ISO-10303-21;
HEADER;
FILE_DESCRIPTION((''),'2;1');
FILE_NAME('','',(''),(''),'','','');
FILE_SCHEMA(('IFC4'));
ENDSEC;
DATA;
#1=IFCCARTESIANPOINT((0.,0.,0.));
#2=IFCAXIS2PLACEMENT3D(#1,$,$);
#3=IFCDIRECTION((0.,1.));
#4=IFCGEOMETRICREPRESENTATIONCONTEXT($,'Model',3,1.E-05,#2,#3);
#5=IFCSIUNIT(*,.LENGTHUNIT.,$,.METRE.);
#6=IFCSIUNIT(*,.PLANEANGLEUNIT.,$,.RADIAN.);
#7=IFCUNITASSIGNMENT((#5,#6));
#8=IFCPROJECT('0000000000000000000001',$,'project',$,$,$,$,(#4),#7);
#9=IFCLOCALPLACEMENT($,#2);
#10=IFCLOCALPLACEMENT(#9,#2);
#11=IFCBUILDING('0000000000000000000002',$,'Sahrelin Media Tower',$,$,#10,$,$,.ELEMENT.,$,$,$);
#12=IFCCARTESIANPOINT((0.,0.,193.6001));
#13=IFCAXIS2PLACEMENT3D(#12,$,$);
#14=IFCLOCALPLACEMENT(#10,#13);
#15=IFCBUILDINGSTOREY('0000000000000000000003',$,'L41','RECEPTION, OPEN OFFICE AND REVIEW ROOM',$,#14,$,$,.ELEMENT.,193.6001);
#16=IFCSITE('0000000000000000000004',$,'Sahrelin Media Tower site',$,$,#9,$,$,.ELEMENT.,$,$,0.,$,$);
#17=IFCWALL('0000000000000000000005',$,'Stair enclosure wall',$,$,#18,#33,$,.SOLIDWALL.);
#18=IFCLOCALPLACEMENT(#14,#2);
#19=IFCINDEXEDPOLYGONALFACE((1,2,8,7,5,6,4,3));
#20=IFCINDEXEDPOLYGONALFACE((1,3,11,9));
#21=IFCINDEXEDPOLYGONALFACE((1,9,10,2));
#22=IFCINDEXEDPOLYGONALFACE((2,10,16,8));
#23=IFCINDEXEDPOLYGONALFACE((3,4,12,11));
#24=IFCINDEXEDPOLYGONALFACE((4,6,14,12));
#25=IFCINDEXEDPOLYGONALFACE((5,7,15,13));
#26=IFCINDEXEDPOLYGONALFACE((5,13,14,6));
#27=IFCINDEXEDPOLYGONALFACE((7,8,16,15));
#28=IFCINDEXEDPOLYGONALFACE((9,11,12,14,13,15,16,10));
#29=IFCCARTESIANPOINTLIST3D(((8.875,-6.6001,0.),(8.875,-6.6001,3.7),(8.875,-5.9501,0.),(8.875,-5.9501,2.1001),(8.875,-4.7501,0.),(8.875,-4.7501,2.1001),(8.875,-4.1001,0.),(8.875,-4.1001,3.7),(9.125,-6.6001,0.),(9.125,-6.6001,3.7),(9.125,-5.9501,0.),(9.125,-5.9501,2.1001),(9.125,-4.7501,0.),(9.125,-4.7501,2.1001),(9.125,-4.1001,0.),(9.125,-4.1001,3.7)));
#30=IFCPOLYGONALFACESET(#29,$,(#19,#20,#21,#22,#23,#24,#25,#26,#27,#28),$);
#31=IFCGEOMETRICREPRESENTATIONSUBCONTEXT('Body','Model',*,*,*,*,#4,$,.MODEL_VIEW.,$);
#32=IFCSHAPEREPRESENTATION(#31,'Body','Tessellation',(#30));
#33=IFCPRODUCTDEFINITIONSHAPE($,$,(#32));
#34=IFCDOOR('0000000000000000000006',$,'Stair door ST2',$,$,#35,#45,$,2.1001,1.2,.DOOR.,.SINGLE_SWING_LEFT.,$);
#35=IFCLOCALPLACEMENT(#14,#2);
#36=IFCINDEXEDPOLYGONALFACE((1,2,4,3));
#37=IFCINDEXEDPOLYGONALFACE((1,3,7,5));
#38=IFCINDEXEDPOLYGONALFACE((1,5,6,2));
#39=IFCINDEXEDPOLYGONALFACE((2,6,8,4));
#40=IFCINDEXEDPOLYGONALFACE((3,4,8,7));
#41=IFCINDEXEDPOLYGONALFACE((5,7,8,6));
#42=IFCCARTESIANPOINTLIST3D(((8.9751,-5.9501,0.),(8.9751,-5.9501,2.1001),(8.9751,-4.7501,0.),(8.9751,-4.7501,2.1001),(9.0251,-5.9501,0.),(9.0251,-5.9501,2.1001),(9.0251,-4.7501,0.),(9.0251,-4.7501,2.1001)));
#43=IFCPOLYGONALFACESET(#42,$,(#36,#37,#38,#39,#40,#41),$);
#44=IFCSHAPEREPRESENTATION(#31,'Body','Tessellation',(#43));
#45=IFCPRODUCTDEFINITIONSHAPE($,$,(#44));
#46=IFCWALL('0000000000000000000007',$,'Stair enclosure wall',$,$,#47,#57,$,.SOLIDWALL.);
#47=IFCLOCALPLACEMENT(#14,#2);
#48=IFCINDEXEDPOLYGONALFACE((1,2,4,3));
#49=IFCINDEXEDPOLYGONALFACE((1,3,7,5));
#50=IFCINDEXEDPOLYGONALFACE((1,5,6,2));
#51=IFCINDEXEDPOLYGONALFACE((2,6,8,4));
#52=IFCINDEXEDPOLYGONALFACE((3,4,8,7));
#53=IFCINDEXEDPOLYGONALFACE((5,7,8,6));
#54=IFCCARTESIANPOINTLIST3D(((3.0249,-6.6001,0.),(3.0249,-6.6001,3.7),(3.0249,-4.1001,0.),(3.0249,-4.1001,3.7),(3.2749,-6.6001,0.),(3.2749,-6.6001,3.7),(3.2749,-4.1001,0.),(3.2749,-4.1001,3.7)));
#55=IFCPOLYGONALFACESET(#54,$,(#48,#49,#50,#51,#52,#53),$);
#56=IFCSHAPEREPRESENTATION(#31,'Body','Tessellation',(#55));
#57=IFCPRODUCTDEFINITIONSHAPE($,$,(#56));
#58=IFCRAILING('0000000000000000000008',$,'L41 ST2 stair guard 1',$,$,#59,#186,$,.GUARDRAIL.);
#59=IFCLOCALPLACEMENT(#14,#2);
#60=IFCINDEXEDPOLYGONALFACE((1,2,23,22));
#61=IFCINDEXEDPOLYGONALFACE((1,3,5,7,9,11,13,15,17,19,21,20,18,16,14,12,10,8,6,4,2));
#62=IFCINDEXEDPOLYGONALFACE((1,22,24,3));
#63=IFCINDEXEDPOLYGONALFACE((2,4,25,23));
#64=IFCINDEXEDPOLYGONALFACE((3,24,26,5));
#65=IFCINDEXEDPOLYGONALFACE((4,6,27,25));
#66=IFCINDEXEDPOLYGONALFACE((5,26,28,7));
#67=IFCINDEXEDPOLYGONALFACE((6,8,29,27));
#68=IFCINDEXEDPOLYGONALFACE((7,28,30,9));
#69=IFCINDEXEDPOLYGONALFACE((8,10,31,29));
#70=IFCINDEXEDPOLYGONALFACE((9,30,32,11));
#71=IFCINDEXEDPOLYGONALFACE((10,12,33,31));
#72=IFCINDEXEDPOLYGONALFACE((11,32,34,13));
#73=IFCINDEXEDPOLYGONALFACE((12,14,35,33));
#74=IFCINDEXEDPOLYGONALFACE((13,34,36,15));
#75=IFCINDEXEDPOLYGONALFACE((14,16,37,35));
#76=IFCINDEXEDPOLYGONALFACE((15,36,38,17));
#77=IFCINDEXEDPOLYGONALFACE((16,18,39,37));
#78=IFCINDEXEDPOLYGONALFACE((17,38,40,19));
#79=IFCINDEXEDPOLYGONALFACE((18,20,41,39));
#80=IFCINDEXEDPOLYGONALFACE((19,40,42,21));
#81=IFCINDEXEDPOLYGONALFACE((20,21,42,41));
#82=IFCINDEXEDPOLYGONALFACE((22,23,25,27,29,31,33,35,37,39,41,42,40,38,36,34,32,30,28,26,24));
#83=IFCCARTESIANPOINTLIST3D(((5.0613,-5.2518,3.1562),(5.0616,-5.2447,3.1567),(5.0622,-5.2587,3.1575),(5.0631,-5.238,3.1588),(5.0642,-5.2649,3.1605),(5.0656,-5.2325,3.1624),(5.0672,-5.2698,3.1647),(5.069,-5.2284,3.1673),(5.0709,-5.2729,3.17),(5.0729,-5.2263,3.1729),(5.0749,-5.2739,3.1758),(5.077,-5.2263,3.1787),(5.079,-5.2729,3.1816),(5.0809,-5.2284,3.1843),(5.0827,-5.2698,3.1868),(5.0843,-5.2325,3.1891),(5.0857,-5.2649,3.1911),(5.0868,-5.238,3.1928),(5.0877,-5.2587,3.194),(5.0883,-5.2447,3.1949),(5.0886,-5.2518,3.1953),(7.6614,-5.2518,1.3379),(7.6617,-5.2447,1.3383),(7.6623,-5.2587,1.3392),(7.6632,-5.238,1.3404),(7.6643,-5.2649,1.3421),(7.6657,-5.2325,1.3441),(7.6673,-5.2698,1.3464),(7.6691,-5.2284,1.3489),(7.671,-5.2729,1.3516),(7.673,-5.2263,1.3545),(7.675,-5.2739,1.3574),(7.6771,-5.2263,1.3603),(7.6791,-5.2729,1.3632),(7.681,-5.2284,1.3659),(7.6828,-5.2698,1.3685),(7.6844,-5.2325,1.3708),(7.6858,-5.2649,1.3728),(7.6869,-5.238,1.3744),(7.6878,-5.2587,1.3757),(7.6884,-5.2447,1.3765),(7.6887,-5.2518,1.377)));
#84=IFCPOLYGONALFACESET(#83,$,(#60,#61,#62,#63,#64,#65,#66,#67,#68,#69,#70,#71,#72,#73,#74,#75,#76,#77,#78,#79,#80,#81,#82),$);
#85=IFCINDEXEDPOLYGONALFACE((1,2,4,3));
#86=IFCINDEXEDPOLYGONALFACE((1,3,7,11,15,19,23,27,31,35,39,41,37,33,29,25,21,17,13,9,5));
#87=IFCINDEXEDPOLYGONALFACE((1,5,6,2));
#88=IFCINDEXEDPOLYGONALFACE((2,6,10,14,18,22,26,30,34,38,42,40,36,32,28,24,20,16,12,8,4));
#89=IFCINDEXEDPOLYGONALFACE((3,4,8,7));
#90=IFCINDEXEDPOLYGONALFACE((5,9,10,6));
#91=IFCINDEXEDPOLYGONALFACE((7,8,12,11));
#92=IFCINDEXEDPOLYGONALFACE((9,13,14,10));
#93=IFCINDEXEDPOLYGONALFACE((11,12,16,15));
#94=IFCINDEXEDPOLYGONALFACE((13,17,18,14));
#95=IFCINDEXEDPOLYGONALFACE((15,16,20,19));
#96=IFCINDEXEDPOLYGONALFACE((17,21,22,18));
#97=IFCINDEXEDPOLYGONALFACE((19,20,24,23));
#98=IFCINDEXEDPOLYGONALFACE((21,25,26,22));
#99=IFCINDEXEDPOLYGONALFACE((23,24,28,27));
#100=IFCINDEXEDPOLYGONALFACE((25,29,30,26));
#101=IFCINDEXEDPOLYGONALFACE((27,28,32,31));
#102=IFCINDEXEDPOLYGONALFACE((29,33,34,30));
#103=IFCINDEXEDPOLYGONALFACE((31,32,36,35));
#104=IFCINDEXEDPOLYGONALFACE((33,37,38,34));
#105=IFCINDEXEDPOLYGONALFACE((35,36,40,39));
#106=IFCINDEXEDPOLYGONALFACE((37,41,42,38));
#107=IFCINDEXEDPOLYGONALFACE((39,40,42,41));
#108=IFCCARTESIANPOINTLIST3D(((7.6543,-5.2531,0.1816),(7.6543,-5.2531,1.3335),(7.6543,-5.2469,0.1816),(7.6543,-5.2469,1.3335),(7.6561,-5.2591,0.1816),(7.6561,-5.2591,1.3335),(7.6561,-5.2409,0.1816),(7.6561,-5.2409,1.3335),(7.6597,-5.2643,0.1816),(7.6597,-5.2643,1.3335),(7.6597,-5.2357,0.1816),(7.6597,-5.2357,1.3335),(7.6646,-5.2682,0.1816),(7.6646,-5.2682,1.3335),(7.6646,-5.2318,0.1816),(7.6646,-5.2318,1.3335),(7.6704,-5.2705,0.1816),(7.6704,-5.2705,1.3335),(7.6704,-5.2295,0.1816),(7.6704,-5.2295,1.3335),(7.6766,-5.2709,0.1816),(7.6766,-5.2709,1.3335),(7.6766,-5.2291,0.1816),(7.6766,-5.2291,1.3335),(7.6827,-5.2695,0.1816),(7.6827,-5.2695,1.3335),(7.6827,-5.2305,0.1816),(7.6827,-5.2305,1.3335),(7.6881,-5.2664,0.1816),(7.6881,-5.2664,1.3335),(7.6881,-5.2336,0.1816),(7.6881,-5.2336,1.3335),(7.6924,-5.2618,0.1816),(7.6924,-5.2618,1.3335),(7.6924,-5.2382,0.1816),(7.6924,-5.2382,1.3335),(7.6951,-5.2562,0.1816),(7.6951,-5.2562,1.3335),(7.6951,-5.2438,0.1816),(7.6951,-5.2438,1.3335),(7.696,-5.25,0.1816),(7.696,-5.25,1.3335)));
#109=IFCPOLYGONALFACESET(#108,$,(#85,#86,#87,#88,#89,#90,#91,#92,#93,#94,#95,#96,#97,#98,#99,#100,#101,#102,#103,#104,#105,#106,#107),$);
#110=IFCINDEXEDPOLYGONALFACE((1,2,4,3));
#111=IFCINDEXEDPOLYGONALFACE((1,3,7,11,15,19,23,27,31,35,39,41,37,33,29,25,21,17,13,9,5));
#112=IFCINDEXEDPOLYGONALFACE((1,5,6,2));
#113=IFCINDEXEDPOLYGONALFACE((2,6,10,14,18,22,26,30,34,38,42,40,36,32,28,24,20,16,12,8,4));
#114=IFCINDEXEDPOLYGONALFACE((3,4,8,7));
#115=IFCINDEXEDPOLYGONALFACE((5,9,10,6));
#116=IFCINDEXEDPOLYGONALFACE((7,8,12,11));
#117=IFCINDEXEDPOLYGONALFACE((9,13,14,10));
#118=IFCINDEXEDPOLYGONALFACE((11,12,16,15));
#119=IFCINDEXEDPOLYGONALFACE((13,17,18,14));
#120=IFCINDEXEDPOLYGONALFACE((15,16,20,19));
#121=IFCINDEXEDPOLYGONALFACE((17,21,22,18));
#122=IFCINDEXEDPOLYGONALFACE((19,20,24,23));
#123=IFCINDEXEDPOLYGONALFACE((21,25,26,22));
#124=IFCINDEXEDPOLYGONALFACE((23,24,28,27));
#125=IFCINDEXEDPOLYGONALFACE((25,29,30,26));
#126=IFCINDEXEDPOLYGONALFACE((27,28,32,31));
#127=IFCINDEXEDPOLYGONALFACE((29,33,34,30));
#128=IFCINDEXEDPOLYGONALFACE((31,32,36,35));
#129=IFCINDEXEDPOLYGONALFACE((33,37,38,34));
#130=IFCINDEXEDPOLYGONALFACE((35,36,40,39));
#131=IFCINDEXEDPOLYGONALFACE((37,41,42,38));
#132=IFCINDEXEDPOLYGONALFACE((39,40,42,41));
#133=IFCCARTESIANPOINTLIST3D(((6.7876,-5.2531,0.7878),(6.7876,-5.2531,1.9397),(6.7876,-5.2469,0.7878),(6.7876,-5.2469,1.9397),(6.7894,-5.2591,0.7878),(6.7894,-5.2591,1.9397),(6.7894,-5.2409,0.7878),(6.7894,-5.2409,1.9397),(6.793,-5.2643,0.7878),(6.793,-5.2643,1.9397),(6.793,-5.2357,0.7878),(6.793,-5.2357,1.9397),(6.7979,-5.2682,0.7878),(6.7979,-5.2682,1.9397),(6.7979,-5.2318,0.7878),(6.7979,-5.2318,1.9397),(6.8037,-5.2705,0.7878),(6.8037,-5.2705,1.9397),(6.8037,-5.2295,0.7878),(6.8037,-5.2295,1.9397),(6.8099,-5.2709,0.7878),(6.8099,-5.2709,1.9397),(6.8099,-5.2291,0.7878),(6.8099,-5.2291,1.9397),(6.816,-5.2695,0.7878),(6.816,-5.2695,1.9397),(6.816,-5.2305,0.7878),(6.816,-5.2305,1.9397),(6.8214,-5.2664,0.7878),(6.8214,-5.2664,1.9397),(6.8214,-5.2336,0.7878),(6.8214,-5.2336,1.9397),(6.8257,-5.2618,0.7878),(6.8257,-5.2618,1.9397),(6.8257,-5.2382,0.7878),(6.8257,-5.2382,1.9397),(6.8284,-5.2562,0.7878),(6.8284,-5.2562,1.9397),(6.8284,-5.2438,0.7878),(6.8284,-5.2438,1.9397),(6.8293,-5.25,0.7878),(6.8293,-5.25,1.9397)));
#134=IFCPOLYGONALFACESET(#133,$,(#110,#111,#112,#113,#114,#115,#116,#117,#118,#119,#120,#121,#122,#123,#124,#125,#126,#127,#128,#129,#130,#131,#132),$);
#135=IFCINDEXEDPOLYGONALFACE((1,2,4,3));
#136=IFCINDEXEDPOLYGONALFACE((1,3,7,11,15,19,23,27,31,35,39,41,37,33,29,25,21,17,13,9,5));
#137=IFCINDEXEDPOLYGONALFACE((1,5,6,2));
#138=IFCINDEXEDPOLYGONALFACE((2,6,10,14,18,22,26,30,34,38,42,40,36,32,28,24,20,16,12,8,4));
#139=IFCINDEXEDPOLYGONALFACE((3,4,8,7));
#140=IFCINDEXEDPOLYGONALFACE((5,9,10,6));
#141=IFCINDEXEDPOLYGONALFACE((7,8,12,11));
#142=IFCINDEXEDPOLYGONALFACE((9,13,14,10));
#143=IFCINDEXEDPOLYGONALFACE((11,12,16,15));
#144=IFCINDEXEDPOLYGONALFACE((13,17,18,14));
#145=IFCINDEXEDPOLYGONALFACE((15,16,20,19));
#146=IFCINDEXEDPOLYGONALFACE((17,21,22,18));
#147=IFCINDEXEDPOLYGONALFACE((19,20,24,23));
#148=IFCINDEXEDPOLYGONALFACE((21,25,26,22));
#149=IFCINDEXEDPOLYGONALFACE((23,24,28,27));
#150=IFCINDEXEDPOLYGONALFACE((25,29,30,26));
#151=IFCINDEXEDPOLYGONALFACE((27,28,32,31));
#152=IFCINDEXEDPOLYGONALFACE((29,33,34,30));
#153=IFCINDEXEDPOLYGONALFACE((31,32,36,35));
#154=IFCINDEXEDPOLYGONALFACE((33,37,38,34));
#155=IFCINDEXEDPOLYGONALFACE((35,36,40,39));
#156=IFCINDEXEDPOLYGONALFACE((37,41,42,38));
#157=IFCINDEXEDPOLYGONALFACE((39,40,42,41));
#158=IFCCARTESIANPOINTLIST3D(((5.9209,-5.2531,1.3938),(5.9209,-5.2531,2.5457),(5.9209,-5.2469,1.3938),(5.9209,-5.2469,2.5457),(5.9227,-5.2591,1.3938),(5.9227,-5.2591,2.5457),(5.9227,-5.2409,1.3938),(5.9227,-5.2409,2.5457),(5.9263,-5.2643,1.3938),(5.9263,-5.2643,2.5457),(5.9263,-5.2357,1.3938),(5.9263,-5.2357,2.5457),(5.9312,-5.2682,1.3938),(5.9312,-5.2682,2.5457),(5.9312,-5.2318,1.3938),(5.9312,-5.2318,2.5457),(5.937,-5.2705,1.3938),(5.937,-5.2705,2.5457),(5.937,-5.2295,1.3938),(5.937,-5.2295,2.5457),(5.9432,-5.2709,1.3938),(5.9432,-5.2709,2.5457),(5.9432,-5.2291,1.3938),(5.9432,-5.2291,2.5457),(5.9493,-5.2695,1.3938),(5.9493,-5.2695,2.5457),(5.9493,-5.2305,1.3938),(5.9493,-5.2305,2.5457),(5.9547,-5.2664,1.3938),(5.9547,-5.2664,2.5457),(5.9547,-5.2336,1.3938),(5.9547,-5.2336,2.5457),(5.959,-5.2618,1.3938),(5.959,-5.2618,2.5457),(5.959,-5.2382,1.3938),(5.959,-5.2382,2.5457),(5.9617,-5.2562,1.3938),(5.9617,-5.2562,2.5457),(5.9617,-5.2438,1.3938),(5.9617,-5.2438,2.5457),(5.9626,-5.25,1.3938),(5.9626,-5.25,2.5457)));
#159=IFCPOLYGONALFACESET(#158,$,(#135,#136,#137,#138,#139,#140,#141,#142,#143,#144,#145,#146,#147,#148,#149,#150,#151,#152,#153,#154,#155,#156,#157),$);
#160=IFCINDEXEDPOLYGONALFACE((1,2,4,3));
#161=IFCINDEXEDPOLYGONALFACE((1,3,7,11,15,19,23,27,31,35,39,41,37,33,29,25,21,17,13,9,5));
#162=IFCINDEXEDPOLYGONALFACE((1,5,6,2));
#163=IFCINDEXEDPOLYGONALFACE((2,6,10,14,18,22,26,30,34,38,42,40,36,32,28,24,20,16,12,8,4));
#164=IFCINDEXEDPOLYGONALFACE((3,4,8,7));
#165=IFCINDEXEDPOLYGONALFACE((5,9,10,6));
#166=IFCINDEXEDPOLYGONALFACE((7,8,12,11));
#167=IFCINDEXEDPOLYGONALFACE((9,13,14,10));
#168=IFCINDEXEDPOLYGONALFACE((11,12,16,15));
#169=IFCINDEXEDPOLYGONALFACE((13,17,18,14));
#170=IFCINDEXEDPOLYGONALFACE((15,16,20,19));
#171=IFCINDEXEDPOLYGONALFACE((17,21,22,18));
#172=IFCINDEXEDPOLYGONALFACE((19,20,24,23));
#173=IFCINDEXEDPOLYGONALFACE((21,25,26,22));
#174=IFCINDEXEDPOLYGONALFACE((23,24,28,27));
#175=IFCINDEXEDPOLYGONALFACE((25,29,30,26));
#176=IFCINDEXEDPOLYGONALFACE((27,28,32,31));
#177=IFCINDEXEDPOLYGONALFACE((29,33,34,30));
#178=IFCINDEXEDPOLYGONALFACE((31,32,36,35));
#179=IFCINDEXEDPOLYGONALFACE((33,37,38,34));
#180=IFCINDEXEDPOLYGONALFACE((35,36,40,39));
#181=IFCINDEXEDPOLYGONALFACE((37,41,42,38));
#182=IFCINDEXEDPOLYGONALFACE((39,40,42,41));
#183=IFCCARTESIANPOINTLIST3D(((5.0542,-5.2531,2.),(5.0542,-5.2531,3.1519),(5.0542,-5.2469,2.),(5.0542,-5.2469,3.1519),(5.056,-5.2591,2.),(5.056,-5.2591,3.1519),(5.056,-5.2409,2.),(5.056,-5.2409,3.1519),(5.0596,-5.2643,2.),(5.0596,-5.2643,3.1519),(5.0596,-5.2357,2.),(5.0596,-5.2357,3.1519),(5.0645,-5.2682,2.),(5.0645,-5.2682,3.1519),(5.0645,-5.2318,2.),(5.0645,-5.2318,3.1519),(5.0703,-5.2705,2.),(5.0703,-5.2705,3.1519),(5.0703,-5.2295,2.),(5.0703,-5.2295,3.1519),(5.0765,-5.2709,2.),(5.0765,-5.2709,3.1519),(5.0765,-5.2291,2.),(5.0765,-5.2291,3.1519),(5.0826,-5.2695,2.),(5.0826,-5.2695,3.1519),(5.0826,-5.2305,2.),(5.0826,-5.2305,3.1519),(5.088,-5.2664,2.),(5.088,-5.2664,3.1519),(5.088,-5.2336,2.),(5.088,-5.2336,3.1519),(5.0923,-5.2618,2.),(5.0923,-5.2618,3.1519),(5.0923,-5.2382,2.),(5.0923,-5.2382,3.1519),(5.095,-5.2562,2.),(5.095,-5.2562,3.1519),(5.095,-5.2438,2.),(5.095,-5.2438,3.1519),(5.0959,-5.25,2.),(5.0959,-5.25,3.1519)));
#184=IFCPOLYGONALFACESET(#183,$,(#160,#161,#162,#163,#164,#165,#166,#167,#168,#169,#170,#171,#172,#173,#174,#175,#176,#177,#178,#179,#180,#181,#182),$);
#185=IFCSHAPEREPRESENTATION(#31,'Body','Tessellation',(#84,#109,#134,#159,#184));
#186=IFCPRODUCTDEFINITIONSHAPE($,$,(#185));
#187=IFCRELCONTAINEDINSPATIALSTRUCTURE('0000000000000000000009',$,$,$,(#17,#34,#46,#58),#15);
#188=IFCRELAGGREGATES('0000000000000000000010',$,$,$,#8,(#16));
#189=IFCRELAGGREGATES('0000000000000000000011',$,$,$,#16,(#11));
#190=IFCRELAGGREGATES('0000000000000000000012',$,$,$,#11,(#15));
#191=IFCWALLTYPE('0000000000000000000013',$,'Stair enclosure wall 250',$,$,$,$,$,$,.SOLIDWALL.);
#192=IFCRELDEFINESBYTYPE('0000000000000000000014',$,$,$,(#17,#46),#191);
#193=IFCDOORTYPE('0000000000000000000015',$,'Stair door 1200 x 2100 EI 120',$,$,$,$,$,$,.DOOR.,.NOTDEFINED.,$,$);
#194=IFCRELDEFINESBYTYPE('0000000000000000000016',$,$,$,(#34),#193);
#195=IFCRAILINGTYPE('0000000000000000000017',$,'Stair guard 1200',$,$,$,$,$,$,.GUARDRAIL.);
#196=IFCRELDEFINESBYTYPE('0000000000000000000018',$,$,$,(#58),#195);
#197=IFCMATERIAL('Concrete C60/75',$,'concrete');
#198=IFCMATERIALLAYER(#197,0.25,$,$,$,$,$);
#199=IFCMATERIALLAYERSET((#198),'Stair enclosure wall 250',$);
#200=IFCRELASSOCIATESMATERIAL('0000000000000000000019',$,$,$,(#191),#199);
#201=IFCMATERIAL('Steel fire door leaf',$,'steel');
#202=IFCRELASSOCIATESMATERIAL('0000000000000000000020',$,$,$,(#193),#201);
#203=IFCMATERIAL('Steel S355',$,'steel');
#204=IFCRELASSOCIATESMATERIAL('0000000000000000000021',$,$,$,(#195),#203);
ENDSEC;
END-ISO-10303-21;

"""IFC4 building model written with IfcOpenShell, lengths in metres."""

from ifc_helpers import new_model, si_unit, direction, frame, frame_2d, origin, origin_2d, place, context, subcontext, project, spatial, rectangle, circle, extrude, material, layer, layer_set, type_object, element, fill, save


model = new_model("IFC4")

# Units and contexts
model_context = context("Model", 3, precision=1e-05, world=origin(), true_north=direction((0.0, 1.0)))
body_context = subcontext(model_context, "Body", "Model", "MODEL_VIEW")
ifc_project = project(units=[si_unit("LENGTHUNIT", "METRE"), si_unit("PLANEANGLEUNIT", "RADIAN")], contexts=[model_context])

# Site, building, storey
site_placement = place(None, origin())
site = spatial("IfcSite", under=ifc_project, at=site_placement, Name="Sahrelin Media Tower site", CompositionType="ELEMENT", RefElevation=0.0)
building_placement = place(site_placement, origin())
building = spatial("IfcBuilding", under=site, at=building_placement, Name="Sahrelin Media Tower", CompositionType="ELEMENT")
storey_placement = place(building_placement, frame((0.0, 0.0, 193.6001)))
storey = spatial("IfcBuildingStorey", under=building, at=storey_placement, Name="L41", Description="RECEPTION, OPEN OFFICE AND REVIEW ROOM", CompositionType="ELEMENT", Elevation=193.6001)

# Shared definitions
ifc_material_1 = material(Name="Steel S355", Category="steel")

# Shared definitions
ifc_material_2 = material(Name="Concrete C60/75", Category="concrete")

# Shared definitions
ifc_material_3 = material(Name="Steel fire door leaf", Category="steel")

# Wall, opening, door
ifc_layer_1 = layer(ifc_material_2, 0.25)
ifc_layer_set_1 = layer_set([ifc_layer_1], Name="Stair enclosure wall 250")
wall_type_1 = type_object("IfcWallType", Name="Stair enclosure wall 250", PredefinedType="SOLIDWALL", material=ifc_layer_set_1)
wall_1_placement = place(storey_placement, frame((9.0, -6.6001, 0.0), z_axis=(0.0, 0.0, 1.0), x_axis=(0.0, 1.0, 0.0)))
wall_1 = element("IfcWall", 1, at=wall_1_placement, inside=storey, type_object=wall_type_1, Name="Stair enclosure wall", PredefinedType="SOLIDWALL", context=body_context, shape_type="SweptSolid", body=[
    extrude(rectangle(XDim=2.5, YDim=0.25, at=frame_2d((1.25, 0.0))), origin(), (0.0, 0.0, 1.0), 3.7),
])
opening_1_placement = place(wall_1_placement, frame((0.6499, 0.0, 0.0)))
opening_1 = element("IfcOpeningElement", 2, at=opening_1_placement, cuts=wall_1, PredefinedType="OPENING", context=body_context, shape_type="SweptSolid", body=[
    extrude(rectangle(XDim=1.2, YDim=2.1001, at=frame_2d((0.6001, 1.05))), frame((0.0, 0.125, 0.0), z_axis=(0.0, -1.0, 0.0), x_axis=(1.0, 0.0, 0.0)), (0.0, 0.0, 1.0), 0.25),
])
door_type_1 = type_object("IfcDoorType", Name="Stair door 1200 x 2100 EI 120", OperationType="NOTDEFINED", PredefinedType="DOOR", material=ifc_material_3)
door_1_placement = place(opening_1_placement, origin())
door_1 = element("IfcDoor", 3, at=door_1_placement, inside=storey, type_object=door_type_1, Name="Stair door ST2", OperationType="SINGLE_SWING_LEFT", OverallHeight=2.1001, OverallWidth=1.2, PredefinedType="DOOR", context=body_context, shape_type="SweptSolid", body=[
    extrude(rectangle(XDim=1.2, YDim=2.1001, at=frame_2d((0.6001, 1.05))), frame((0.0, 0.0249, 0.0), z_axis=(0.0, -1.0, 0.0), x_axis=(1.0, 0.0, 0.0)), (0.0, 0.0, 1.0), 0.05),
])
fill(opening_1, door_1)

# Wall
wall_2_placement = place(storey_placement, frame((3.1499, -6.6001, 0.0), z_axis=(0.0, 0.0, 1.0), x_axis=(0.0, 1.0, 0.0)))
element("IfcWall", 4, at=wall_2_placement, inside=storey, type_object=wall_type_1, Name="Stair enclosure wall", PredefinedType="SOLIDWALL", context=body_context, shape_type="SweptSolid", body=[
    extrude(rectangle(XDim=2.5, YDim=0.25, at=frame_2d((1.25, 0.0))), origin(), (0.0, 0.0, 1.0), 3.7),
])

# Railing
railing_type_1 = type_object("IfcRailingType", Name="Stair guard 1200", PredefinedType="GUARDRAIL", material=ifc_material_1)
railing_1_placement = place(storey_placement, frame((7.675, -5.25, 0.1816)))
element("IfcRailing", 5, at=railing_1_placement, inside=storey, type_object=railing_type_1, Name="L41 ST2 stair guard 1", PredefinedType="GUARDRAIL", context=body_context, shape_type="SweptSolid", body=[
    extrude(circle(Radius=0.0239, at=origin_2d()), frame((0.0, 0.0, 1.1758), z_axis=(-0.819485, 0.0, 0.573101), x_axis=(0.0, -1.0, 0.0)), (0.0, 0.0, 1.0), 3.1729),
    extrude(circle(Radius=0.021, at=origin_2d()), origin(), (0.0, 0.0, 1.0), 1.1519),
    extrude(circle(Radius=0.021, at=origin_2d()), frame((-0.8667, 0.0, 0.6062)), (0.0, 0.0, 1.0), 1.1519),
    extrude(circle(Radius=0.021, at=origin_2d()), frame((-1.7334, 0.0, 1.2122)), (0.0, 0.0, 1.0), 1.1519),
    extrude(circle(Radius=0.021, at=origin_2d()), frame((-2.6001, 0.0, 1.8184)), (0.0, 0.0, 1.0), 1.1519),
])

save(model, "model.ifc")
